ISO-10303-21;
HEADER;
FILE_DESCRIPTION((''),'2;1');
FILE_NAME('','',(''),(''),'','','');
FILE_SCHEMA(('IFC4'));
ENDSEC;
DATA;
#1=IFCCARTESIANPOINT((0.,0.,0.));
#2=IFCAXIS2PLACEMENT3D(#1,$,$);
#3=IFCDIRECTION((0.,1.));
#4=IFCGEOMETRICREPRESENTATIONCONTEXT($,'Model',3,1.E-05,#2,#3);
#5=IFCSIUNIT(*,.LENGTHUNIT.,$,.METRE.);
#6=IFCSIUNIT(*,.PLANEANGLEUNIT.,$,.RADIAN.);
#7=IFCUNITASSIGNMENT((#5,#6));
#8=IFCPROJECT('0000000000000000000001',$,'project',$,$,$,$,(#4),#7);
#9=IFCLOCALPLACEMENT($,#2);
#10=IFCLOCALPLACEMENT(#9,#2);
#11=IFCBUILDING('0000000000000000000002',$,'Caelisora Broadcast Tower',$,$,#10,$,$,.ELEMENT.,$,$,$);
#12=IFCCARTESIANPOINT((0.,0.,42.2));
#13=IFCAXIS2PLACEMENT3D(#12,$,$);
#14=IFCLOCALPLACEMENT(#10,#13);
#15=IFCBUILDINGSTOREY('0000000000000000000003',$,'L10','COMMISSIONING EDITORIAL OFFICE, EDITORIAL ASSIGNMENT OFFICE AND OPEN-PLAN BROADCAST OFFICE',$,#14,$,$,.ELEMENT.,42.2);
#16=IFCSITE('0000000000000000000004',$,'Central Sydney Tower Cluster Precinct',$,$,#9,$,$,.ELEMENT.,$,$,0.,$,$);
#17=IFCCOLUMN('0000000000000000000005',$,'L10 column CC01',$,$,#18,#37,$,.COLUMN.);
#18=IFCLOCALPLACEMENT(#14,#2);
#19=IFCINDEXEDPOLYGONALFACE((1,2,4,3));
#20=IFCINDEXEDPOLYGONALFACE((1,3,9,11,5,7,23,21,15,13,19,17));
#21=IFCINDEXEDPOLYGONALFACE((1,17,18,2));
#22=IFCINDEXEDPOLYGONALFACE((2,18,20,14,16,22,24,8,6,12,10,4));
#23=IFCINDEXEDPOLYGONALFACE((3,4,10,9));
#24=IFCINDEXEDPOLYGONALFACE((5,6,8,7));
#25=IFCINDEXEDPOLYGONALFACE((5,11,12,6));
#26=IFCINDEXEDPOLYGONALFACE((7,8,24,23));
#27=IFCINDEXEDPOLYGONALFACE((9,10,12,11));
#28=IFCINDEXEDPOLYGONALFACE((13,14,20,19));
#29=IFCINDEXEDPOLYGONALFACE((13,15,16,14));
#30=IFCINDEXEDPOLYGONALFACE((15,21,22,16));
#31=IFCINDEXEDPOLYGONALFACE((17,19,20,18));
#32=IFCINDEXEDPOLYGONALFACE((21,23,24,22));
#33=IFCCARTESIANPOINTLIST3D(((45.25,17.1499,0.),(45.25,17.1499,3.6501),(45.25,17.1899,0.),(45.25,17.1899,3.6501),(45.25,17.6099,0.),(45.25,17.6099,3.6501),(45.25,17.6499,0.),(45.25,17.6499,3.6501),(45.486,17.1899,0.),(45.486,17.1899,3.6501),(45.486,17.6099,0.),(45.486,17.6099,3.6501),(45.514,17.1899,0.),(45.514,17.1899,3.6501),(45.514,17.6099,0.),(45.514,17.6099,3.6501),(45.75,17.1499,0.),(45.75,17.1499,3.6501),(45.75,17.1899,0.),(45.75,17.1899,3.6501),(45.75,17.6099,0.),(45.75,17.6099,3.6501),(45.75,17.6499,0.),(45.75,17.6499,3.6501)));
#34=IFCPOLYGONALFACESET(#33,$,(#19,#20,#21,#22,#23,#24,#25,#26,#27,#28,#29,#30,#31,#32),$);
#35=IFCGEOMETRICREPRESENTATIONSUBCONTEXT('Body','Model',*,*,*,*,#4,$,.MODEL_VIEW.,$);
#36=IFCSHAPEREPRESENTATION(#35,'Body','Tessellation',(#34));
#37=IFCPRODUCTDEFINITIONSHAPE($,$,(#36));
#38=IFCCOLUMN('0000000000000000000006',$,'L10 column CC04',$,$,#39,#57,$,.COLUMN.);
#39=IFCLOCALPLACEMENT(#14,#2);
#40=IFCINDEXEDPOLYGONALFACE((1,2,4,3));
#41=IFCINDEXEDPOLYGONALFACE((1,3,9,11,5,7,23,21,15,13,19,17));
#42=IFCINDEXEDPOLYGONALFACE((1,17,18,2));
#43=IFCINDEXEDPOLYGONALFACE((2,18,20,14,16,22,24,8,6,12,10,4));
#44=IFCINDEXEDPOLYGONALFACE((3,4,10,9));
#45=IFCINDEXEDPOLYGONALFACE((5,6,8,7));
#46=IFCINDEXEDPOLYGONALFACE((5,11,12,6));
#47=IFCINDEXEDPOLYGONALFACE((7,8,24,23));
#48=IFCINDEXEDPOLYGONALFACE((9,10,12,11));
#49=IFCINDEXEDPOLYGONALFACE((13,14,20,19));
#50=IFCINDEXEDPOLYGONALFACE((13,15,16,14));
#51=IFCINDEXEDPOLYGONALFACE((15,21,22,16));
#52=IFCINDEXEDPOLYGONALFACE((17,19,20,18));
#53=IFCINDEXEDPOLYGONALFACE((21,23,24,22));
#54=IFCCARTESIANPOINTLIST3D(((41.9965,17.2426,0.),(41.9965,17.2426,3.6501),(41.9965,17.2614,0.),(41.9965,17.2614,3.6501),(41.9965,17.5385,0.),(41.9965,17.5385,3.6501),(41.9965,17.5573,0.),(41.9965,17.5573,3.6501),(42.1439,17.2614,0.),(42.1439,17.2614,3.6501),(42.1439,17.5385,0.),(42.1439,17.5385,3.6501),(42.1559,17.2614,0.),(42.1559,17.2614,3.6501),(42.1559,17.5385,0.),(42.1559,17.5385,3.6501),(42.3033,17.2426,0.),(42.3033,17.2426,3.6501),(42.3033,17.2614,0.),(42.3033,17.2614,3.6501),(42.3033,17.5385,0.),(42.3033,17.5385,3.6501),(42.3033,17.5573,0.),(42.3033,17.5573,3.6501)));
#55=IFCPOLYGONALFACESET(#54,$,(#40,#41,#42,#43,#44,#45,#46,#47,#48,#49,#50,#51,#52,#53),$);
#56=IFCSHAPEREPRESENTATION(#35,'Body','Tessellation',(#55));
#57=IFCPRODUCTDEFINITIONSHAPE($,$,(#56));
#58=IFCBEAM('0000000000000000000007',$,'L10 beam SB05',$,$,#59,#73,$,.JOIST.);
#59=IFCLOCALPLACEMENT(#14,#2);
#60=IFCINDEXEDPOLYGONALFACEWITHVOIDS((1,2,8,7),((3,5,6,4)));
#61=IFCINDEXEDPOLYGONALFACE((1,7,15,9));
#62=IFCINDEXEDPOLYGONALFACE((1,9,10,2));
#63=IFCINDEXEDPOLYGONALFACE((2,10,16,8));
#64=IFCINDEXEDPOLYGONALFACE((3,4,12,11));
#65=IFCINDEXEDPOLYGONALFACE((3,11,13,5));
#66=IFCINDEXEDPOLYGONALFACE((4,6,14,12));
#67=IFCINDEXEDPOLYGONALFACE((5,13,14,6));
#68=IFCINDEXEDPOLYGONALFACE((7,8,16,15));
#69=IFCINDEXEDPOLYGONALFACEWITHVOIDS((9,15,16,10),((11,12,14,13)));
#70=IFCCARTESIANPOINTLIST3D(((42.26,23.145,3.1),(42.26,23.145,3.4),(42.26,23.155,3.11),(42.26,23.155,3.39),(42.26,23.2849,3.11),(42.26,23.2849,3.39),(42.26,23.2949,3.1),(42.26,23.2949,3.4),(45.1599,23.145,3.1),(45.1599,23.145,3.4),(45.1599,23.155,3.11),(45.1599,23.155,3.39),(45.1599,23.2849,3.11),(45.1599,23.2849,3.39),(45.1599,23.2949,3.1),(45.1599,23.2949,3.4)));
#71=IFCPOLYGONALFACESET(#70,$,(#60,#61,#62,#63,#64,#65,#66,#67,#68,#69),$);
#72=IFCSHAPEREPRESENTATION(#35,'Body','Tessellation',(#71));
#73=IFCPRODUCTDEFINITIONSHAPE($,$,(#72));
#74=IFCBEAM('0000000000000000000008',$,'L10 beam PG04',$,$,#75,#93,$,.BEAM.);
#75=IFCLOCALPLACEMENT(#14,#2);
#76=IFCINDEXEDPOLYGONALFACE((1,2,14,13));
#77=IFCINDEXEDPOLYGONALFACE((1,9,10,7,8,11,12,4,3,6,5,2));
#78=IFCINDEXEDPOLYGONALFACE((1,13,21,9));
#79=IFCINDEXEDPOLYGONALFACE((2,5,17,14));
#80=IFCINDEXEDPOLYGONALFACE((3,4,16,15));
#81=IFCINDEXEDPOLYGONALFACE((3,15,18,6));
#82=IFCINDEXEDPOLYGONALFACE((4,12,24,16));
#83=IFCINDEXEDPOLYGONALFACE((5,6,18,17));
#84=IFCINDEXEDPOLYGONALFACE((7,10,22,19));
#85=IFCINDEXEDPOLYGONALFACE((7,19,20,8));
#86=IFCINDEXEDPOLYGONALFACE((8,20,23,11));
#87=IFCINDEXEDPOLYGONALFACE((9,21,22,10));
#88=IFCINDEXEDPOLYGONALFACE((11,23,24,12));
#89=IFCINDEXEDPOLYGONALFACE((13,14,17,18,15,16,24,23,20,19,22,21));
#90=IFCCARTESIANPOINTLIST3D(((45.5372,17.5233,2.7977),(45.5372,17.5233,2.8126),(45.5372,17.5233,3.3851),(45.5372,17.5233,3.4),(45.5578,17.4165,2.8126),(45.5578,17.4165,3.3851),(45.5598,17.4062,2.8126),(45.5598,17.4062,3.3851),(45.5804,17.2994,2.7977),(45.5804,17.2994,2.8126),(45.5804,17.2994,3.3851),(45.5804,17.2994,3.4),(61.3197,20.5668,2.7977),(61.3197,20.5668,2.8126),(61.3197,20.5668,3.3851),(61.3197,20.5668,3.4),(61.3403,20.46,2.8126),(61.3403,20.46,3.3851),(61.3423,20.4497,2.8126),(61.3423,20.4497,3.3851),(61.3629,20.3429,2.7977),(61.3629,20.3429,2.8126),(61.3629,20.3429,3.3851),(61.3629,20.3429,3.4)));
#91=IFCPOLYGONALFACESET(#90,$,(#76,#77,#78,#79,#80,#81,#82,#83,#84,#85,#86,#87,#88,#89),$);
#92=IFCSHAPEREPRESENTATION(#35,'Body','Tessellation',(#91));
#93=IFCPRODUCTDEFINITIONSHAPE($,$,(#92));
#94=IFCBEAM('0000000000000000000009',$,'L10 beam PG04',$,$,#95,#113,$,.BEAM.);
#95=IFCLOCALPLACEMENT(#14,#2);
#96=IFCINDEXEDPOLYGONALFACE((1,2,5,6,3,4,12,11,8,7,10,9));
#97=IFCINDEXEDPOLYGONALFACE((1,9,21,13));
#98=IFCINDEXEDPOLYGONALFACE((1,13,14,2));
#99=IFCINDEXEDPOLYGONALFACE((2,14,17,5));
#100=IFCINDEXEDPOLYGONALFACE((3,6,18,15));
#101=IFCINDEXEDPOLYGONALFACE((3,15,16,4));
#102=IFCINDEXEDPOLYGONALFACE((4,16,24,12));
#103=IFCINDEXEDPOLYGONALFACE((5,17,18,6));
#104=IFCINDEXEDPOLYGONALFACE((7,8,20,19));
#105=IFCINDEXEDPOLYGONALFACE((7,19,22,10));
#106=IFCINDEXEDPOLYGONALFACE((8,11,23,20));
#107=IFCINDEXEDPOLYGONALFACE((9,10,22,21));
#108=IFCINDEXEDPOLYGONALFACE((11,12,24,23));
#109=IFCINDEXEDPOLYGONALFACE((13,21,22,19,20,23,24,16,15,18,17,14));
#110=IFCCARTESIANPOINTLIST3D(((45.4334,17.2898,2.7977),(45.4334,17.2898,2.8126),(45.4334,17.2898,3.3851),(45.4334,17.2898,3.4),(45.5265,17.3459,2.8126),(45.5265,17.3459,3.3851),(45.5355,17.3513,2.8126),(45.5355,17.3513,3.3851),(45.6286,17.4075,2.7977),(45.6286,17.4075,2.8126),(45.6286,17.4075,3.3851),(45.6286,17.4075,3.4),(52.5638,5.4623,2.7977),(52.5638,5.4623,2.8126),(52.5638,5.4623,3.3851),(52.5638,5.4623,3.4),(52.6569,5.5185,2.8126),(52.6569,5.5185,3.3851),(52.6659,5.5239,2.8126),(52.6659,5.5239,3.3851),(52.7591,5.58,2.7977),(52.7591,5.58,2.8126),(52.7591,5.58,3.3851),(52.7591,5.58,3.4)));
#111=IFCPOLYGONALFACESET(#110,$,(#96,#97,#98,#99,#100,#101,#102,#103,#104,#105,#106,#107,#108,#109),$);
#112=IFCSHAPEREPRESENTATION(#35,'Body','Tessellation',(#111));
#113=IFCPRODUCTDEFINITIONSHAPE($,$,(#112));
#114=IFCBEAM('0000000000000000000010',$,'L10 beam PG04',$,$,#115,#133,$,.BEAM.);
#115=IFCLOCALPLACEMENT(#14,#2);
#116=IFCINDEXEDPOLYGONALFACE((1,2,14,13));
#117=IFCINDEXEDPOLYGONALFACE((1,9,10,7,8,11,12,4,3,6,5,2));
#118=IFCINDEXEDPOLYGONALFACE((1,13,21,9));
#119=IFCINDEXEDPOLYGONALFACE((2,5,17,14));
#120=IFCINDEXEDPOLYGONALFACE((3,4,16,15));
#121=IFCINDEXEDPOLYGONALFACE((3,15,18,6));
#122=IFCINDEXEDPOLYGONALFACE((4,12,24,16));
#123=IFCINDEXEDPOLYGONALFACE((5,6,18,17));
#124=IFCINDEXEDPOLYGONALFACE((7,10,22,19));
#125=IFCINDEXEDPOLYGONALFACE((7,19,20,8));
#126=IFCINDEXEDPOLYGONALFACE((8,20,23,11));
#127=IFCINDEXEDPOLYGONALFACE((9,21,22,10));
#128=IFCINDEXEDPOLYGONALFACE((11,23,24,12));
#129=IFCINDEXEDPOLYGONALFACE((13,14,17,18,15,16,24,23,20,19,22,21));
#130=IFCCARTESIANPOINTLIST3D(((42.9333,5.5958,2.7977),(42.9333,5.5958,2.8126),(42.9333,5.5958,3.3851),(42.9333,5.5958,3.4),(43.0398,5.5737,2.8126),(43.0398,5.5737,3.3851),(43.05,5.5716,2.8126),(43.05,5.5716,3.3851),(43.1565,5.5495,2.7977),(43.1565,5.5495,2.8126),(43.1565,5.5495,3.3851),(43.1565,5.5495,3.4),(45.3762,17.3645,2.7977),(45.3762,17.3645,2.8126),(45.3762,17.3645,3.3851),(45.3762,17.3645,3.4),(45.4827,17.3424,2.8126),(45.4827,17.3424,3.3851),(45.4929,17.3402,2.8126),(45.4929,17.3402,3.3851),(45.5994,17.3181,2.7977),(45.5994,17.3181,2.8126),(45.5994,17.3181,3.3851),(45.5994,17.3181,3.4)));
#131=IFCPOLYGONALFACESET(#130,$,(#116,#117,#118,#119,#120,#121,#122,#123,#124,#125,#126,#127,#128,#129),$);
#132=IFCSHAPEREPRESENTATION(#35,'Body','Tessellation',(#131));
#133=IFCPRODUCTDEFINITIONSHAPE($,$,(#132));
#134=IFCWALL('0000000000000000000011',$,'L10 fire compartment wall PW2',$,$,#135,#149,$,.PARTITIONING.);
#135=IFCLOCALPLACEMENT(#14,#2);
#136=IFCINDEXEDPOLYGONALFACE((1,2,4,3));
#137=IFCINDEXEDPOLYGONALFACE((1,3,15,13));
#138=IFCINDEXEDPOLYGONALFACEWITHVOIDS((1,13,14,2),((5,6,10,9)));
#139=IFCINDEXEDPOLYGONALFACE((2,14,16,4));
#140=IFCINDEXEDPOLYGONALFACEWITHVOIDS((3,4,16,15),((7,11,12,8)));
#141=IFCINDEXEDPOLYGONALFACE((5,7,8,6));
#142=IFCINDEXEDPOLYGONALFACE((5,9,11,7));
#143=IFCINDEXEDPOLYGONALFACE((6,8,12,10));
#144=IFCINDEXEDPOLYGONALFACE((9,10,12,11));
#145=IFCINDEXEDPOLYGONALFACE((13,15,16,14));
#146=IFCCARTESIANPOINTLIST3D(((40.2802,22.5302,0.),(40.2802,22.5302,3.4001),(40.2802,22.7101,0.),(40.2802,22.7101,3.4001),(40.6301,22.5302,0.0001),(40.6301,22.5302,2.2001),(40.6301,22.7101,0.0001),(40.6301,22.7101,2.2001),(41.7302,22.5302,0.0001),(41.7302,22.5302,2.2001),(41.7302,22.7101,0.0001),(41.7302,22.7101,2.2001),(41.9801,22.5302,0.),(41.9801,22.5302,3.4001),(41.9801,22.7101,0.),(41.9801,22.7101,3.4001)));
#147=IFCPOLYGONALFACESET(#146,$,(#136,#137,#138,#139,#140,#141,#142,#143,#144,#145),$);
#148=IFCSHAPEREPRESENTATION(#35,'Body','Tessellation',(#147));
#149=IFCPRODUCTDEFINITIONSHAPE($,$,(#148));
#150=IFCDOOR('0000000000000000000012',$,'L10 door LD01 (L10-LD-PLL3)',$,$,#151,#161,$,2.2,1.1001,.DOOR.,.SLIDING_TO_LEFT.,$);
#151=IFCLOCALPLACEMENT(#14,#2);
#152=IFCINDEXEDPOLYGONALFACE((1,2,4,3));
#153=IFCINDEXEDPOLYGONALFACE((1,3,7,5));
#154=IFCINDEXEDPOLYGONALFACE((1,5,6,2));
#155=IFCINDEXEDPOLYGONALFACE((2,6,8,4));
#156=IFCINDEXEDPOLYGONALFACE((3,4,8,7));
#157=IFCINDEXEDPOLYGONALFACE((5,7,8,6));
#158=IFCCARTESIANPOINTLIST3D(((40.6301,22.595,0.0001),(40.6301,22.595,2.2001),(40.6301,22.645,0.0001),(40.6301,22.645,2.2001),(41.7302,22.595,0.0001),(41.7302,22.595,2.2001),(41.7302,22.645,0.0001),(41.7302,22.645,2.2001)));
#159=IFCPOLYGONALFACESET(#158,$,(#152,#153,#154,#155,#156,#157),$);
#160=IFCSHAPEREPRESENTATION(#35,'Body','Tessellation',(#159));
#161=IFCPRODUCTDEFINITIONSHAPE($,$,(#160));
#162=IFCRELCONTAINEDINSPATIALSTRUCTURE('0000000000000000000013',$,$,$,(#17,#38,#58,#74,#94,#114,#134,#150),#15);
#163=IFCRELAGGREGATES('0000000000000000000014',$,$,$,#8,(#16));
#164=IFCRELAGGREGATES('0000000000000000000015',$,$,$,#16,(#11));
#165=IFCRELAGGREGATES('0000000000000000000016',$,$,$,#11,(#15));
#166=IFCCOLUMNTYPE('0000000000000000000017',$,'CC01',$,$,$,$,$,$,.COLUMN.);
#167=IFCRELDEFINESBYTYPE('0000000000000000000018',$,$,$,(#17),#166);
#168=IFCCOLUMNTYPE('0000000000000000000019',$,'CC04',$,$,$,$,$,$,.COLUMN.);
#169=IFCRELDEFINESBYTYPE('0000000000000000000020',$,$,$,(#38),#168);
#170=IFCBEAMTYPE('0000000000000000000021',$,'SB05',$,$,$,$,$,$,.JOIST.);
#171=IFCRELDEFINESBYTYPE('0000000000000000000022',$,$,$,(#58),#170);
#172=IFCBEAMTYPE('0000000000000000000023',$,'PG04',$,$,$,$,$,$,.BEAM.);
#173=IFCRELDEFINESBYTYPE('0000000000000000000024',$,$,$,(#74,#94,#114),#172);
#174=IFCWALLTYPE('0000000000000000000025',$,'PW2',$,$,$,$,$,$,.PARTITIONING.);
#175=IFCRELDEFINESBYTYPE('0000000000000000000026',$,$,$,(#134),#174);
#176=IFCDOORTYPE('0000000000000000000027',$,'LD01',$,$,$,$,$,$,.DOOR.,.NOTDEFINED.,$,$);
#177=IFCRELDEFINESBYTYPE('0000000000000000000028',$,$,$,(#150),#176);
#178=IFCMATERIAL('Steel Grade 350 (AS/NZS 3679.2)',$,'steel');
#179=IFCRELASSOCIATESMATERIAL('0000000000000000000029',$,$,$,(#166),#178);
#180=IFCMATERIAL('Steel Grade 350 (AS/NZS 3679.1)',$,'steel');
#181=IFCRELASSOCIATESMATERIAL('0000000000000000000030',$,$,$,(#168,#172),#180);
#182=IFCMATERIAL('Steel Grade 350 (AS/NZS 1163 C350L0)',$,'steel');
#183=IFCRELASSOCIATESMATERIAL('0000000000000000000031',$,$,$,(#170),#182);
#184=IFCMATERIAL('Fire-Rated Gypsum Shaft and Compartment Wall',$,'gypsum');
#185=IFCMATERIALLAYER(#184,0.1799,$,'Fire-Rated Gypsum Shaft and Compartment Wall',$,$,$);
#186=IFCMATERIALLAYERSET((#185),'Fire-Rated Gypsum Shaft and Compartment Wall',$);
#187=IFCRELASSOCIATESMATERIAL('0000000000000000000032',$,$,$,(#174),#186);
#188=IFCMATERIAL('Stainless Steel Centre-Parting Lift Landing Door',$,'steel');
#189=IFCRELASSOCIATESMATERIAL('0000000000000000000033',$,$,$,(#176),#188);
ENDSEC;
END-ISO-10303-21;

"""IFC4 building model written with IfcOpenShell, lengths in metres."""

from ifc_helpers import new_model, si_unit, direction, frame, frame_2d, origin, origin_2d, place, context, subcontext, project, spatial, rectangle, hollow_rectangle, i_section, extrude, source, transform, mapped, material, layer, layer_set, material_profile, profile_set, type_object, type_shapes, element, fill, save


model = new_model("IFC4")

# Units and contexts
model_context = context("Model", 3, precision=1e-05, world=origin(), true_north=direction((0.0, 1.0)))
body_context = subcontext(model_context, "Body", "Model", "MODEL_VIEW")
ifc_project = project(units=[si_unit("LENGTHUNIT", "METRE"), si_unit("PLANEANGLEUNIT", "RADIAN")], contexts=[model_context])

# Site, building, storey
site_placement = place(None, origin())
site = spatial("IfcSite", under=ifc_project, at=site_placement, Name="Central Sydney Tower Cluster Precinct", CompositionType="ELEMENT", RefElevation=0.0)
building_placement = place(site_placement, origin())
building = spatial("IfcBuilding", under=site, at=building_placement, Name="Caelisora Broadcast Tower", CompositionType="ELEMENT")
storey_placement = place(building_placement, frame((0.0, 0.0, 42.2)))
storey = spatial("IfcBuildingStorey", under=building, at=storey_placement, Name="L10", Description="COMMISSIONING EDITORIAL OFFICE, EDITORIAL ASSIGNMENT OFFICE AND OPEN-PLAN BROADCAST OFFICE", CompositionType="ELEMENT", Elevation=42.2)

# Columns
ifc_material_1 = material(Name="Steel Grade 350 (AS/NZS 3679.2)", Category="steel")
ifc_material_profile_1 = material_profile(ifc_material_1, i_section(OverallWidth=0.5, OverallDepth=0.5, WebThickness=0.0281, FlangeThickness=0.04, at=origin_2d()), Name="Steel Grade 350 (AS/NZS 3679.2)")
ifc_profile_set_1 = profile_set([ifc_material_profile_1], Name="Steel Grade 350 (AS/NZS 3679.2)")
column_type_1 = type_object("IfcColumnType", Name="CC01", PredefinedType="COLUMN", material=ifc_profile_set_1)
shared_shape_1 = source(origin(), body_context, "Body", "SweptSolid", [
    extrude(i_section(OverallWidth=0.5, OverallDepth=0.5, WebThickness=0.0281, FlangeThickness=0.04, at=origin_2d()), origin(), (0.0, 0.0, 1.0), 3.6501),
])
type_shapes(column_type_1, [shared_shape_1])
column_1_placement = place(storey_placement, frame((45.5, 17.3999, 0.0), z_axis=(0.0, 0.0, 1.0), x_axis=(1.0, 0.0, 0.0)))
element("IfcColumn", 1, at=column_1_placement, inside=storey, type_object=column_type_1, Name="L10 column CC01", PredefinedType="COLUMN", context=body_context, shape_type="MappedRepresentation", body=[
    mapped(shared_shape_1, transform((0.0, 0.0, 0.0), scale=1.0)),
])
ifc_material_2 = material(Name="Steel Grade 350 (AS/NZS 3679.1)", Category="steel")
ifc_material_profile_2 = material_profile(ifc_material_2, i_section(OverallWidth=0.3069, OverallDepth=0.3147, WebThickness=0.012, FlangeThickness=0.0188, at=origin_2d()), Name="Steel Grade 350 (AS/NZS 3679.1)")
ifc_profile_set_2 = profile_set([ifc_material_profile_2], Name="Steel Grade 350 (AS/NZS 3679.1)")
column_type_2 = type_object("IfcColumnType", Name="CC04", PredefinedType="COLUMN", material=ifc_profile_set_2)
shared_shape_2 = source(origin(), body_context, "Body", "SweptSolid", [
    extrude(i_section(OverallWidth=0.3069, OverallDepth=0.3147, WebThickness=0.012, FlangeThickness=0.0188, at=origin_2d()), origin(), (0.0, 0.0, 1.0), 3.6501),
])
type_shapes(column_type_2, [shared_shape_2])
column_2_placement = place(storey_placement, frame((42.1499, 17.3999, 0.0), z_axis=(0.0, 0.0, 1.0), x_axis=(1.0, 0.0, 0.0)))
element("IfcColumn", 2, at=column_2_placement, inside=storey, type_object=column_type_2, Name="L10 column CC04", PredefinedType="COLUMN", context=body_context, shape_type="MappedRepresentation", body=[
    mapped(shared_shape_2, transform((0.0, 0.0, 0.0), scale=1.0)),
])

# Beams
ifc_material_3 = material(Name="Steel Grade 350 (AS/NZS 1163 C350L0)", Category="steel")
ifc_material_profile_3 = material_profile(ifc_material_3, hollow_rectangle(XDim=0.1499, YDim=0.3, WallThickness=0.01, at=origin_2d()), Name="Steel Grade 350 (AS/NZS 1163 C350L0)")
ifc_profile_set_3 = profile_set([ifc_material_profile_3], Name="Steel Grade 350 (AS/NZS 1163 C350L0)")
beam_type_1 = type_object("IfcBeamType", Name="SB05", PredefinedType="JOIST", material=ifc_profile_set_3)
shared_shape_3 = source(origin(), body_context, "Body", "SweptSolid", [
    extrude(hollow_rectangle(XDim=0.1499, YDim=0.3, WallThickness=0.01, at=origin_2d()), origin(), (0.0, 0.0, 1.0), 2.8999),
])
type_shapes(beam_type_1, [shared_shape_3])
beam_1_placement = place(storey_placement, frame((42.26, 23.22, 3.25), z_axis=(1.0, 0.0, 0.0), x_axis=(0.0, 1.0, 0.0)))
element("IfcBeam", 3, at=beam_1_placement, inside=storey, type_object=beam_type_1, Name="L10 beam SB05", PredefinedType="JOIST", context=body_context, shape_type="MappedRepresentation", body=[
    mapped(shared_shape_3, transform((0.0, 0.0, 0.0), scale=1.0)),
])
ifc_material_profile_4 = material_profile(ifc_material_2, i_section(OverallWidth=0.228, OverallDepth=0.6023, WebThickness=0.0105, FlangeThickness=0.0149, at=origin_2d()), Name="Steel Grade 350 (AS/NZS 3679.1)")
ifc_profile_set_4 = profile_set([ifc_material_profile_4], Name="Steel Grade 350 (AS/NZS 3679.1)")
beam_type_2 = type_object("IfcBeamType", Name="PG04", PredefinedType="BEAM", material=ifc_profile_set_4)
shared_shape_4 = source(origin(), body_context, "Body", "SweptSolid", [
    extrude(i_section(OverallWidth=0.228, OverallDepth=0.6023, WebThickness=0.0105, FlangeThickness=0.0149, at=origin_2d()), origin(), (0.0, 0.0, 1.0), 16.0732),
])
beam_2_placement = place(storey_placement, frame((45.5588, 17.4114, 3.0989), z_axis=(0.98191, 0.189349, 0.0), x_axis=(-0.189349, 0.98191, 0.0)))
element("IfcBeam", 4, at=beam_2_placement, inside=storey, type_object=beam_type_2, Name="L10 beam PG04", PredefinedType="BEAM", context=body_context, shape_type="MappedRepresentation", body=[
    mapped(shared_shape_4, transform((0.0, 0.0, 0.0), scale=1.0)),
])
shared_shape_5 = source(origin(), body_context, "Body", "SweptSolid", [
    extrude(i_section(OverallWidth=0.228, OverallDepth=0.6023, WebThickness=0.0105, FlangeThickness=0.0149, at=origin_2d()), origin(), (0.0, 0.0, 1.0), 13.8105),
])
beam_3_placement = place(storey_placement, frame((45.531, 17.3486, 3.0989), z_axis=(0.516301, -0.856407, 0.0), x_axis=(0.856407, 0.516301, 0.0)))
element("IfcBeam", 5, at=beam_3_placement, inside=storey, type_object=beam_type_2, Name="L10 beam PG04", PredefinedType="BEAM", context=body_context, shape_type="MappedRepresentation", body=[
    mapped(shared_shape_5, transform((0.0, 0.0, 0.0), scale=1.0)),
])
shared_shape_6 = source(origin(), body_context, "Body", "SweptSolid", [
    extrude(i_section(OverallWidth=0.228, OverallDepth=0.6023, WebThickness=0.0105, FlangeThickness=0.0149, at=origin_2d()), origin(), (0.0, 0.0, 1.0), 12.0195),
])
type_shapes(beam_type_2, [shared_shape_4, shared_shape_5, shared_shape_6])
beam_4_placement = place(storey_placement, frame((45.4878, 17.3413, 3.0989), z_axis=(-0.203244, -0.979128, 0.0), x_axis=(0.979128, -0.203244, 0.0)))
element("IfcBeam", 6, at=beam_4_placement, inside=storey, type_object=beam_type_2, Name="L10 beam PG04", PredefinedType="BEAM", context=body_context, shape_type="MappedRepresentation", body=[
    mapped(shared_shape_6, transform((0.0, 0.0, 0.0), scale=1.0)),
])

# Wall, opening, door
ifc_material_4 = material(Name="Fire-Rated Gypsum Shaft and Compartment Wall", Category="gypsum")
ifc_layer_1 = layer(ifc_material_4, 0.1799, Name="Fire-Rated Gypsum Shaft and Compartment Wall")
ifc_layer_set_1 = layer_set([ifc_layer_1], Name="Fire-Rated Gypsum Shaft and Compartment Wall")
wall_type = type_object("IfcWallType", Name="PW2", PredefinedType="PARTITIONING", material=ifc_layer_set_1)
wall_1_placement = place(storey_placement, frame((40.28, 22.6201, 0.0), z_axis=(0.0, 0.0, 1.0), x_axis=(1.0, 0.0, 0.0)))
wall_1 = element("IfcWall", 7, at=wall_1_placement, inside=storey, type_object=wall_type, Name="L10 fire compartment wall PW2", PredefinedType="PARTITIONING", context=body_context, shape_type="SweptSolid", body=[
    extrude(rectangle(XDim=1.7, YDim=0.1799, at=frame_2d((0.8501, 0.0))), origin(), (0.0, 0.0, 1.0), 3.4001),
])
opening_1_placement = place(wall_1_placement, frame((0.3501, 0.0, 0.0)))
opening_1 = element("IfcOpeningElement", 8, at=opening_1_placement, cuts=wall_1, PredefinedType="OPENING", context=body_context, shape_type="SweptSolid", body=[
    extrude(rectangle(XDim=1.1001, YDim=2.2, at=frame_2d((0.55, 1.1001))), frame((0.0, 0.1021, 0.0), z_axis=(0.0, -1.0, 0.0), x_axis=(1.0, 0.0, 0.0)), (0.0, 0.0, 1.0), 0.2039),
])
ifc_material_5 = material(Name="Stainless Steel Centre-Parting Lift Landing Door", Category="steel")
door_type_1 = type_object("IfcDoorType", Name="LD01", OperationType="NOTDEFINED", PredefinedType="DOOR", material=ifc_material_5)
door_1_placement = place(opening_1_placement, origin())
door_1 = element("IfcDoor", 9, at=door_1_placement, inside=storey, type_object=door_type_1, Name="L10 door LD01 (L10-LD-PLL3)", OperationType="SLIDING_TO_LEFT", OverallHeight=2.2, OverallWidth=1.1001, PredefinedType="DOOR", context=body_context, shape_type="SweptSolid", body=[
    extrude(rectangle(XDim=1.1001, YDim=2.2, at=frame_2d((0.55, 1.1001))), frame((0.0, 0.0249, 0.0), z_axis=(0.0, -1.0, 0.0), x_axis=(1.0, 0.0, 0.0)), (0.0, 0.0, 1.0), 0.05),
])
fill(opening_1, door_1)

save(model, "model.ifc")
